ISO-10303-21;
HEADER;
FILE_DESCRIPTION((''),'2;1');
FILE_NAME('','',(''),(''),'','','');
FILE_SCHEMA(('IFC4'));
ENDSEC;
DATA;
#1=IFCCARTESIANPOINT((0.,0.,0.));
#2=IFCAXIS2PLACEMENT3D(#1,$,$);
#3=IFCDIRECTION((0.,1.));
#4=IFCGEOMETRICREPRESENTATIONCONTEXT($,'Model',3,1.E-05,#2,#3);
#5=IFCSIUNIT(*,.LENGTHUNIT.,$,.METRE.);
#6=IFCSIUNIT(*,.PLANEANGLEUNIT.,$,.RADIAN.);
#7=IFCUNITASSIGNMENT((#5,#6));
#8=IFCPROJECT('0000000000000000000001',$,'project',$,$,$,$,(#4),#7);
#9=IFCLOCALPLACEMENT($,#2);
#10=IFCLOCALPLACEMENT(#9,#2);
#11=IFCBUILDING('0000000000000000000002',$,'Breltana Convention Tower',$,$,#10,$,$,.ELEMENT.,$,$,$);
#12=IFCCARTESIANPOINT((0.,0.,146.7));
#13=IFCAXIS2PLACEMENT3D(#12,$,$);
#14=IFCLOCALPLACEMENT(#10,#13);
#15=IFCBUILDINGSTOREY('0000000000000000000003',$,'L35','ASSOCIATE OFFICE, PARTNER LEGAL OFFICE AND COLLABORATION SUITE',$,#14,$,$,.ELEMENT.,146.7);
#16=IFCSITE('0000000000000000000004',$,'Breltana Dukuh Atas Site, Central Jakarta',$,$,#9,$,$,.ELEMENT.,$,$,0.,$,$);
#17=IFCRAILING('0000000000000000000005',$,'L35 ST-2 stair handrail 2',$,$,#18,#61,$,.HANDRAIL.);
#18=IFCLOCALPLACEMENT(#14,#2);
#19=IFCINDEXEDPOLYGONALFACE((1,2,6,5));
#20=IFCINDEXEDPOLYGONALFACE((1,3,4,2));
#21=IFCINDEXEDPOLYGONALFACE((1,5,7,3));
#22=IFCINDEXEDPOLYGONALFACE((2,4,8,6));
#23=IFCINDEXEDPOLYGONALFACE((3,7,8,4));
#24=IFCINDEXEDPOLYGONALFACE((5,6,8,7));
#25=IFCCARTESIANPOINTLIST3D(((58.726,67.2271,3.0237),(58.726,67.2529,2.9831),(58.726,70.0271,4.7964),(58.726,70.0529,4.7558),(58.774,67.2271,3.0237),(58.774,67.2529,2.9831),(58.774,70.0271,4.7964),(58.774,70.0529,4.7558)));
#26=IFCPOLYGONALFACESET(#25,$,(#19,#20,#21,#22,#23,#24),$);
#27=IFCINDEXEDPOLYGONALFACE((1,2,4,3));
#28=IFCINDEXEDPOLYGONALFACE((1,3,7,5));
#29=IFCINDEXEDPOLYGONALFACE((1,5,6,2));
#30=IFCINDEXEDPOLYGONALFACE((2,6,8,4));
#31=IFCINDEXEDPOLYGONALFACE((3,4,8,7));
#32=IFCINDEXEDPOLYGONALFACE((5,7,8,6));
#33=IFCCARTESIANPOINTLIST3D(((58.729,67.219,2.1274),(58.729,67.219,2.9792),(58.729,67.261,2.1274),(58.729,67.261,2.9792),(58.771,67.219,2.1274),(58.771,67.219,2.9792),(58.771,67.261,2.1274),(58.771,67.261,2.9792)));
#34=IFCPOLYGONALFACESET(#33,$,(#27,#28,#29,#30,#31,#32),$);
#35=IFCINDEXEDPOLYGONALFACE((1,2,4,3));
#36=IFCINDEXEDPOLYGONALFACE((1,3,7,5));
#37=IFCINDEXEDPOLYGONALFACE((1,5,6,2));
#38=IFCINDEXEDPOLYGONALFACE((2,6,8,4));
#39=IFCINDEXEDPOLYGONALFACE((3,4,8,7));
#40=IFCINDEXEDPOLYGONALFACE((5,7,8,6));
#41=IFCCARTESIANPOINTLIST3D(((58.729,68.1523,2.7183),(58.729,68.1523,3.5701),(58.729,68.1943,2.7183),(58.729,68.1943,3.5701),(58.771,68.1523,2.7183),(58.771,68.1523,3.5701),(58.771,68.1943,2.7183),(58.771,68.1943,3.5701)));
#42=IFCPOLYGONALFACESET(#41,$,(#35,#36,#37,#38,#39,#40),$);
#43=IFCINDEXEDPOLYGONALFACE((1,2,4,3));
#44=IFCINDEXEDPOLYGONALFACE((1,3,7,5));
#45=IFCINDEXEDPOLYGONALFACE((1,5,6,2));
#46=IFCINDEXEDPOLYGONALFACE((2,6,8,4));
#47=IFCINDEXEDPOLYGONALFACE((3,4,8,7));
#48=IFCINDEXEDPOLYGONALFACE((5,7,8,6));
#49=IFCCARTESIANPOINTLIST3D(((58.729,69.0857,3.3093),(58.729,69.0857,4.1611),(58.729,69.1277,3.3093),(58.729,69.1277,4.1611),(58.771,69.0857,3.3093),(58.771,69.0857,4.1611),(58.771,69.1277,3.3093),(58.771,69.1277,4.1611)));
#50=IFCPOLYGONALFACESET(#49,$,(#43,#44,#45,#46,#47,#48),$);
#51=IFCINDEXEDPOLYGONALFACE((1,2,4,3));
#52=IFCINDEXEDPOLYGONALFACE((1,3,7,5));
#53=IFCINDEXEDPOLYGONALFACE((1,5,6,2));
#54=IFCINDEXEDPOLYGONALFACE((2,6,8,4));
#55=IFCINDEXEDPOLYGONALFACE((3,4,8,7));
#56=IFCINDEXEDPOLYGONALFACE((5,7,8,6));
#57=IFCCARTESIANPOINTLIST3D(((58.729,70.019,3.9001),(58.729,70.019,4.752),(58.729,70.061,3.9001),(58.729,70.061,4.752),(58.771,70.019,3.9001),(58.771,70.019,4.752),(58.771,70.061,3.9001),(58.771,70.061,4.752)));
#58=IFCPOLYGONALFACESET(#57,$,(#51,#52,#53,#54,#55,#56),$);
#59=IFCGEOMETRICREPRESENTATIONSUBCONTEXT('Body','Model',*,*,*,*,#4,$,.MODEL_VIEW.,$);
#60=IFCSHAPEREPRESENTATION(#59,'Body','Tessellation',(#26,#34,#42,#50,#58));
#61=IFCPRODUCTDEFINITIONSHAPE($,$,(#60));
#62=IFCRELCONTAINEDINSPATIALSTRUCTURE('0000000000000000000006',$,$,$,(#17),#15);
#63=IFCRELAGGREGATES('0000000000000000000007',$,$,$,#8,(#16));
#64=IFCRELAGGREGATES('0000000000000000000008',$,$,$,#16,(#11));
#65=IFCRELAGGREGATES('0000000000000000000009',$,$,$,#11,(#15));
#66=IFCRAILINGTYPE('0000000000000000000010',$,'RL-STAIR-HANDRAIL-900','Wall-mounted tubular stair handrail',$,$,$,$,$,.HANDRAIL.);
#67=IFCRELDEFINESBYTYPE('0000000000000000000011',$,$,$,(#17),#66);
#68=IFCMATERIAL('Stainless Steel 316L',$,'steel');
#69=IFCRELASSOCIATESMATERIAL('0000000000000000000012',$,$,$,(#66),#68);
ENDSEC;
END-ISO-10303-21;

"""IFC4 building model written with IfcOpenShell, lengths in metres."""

from ifc_helpers import new_model, si_unit, direction, frame, origin, origin_2d, place, context, subcontext, project, spatial, rectangle, extrude, material, type_object, element, save


model = new_model("IFC4")

# Units and contexts
model_context = context("Model", 3, precision=1e-05, world=origin(), true_north=direction((0.0, 1.0)))
body_context = subcontext(model_context, "Body", "Model", "MODEL_VIEW")
ifc_project = project(units=[si_unit("LENGTHUNIT", "METRE"), si_unit("PLANEANGLEUNIT", "RADIAN")], contexts=[model_context])

# Site, building, storey
site_placement = place(None, origin())
site = spatial("IfcSite", under=ifc_project, at=site_placement, Name="Breltana Dukuh Atas Site, Central Jakarta", CompositionType="ELEMENT", RefElevation=0.0)
building_placement = place(site_placement, origin())
building = spatial("IfcBuilding", under=site, at=building_placement, Name="Breltana Convention Tower", CompositionType="ELEMENT")
storey_placement = place(building_placement, frame((0.0, 0.0, 146.7)))
storey = spatial("IfcBuildingStorey", under=building, at=storey_placement, Name="L35", Description="ASSOCIATE OFFICE, PARTNER LEGAL OFFICE AND COLLABORATION SUITE", CompositionType="ELEMENT", Elevation=146.7)

# Railing
ifc_material_1 = material(Name="Stainless Steel 316L", Category="steel")
railing_type_1 = type_object("IfcRailingType", Name="RL-STAIR-HANDRAIL-900", Description="Wall-mounted tubular stair handrail", PredefinedType="HANDRAIL", material=ifc_material_1)
railing_1_placement = place(storey_placement, frame((58.75, 67.24, 2.1274)))
element("IfcRailing", 1, at=railing_1_placement, inside=storey, type_object=railing_type_1, Name="L35 ST-2 stair handrail 2", PredefinedType="HANDRAIL", context=body_context, shape_type="SweptSolid", body=[
    extrude(rectangle(XDim=0.0481, YDim=0.0481, at=origin_2d()), frame((0.0, 0.0, 0.876), z_axis=(0.0, 0.844909, 0.53491), x_axis=(-1.0, 0.0, 0.0)), (0.0, 0.0, 1.0), 3.314),
    extrude(rectangle(XDim=0.042, YDim=0.042, at=origin_2d()), origin(), (0.0, 0.0, 1.0), 0.8518),
    extrude(rectangle(XDim=0.042, YDim=0.042, at=origin_2d()), frame((0.0, 0.9333, 0.5908)), (0.0, 0.0, 1.0), 0.8518),
    extrude(rectangle(XDim=0.042, YDim=0.042, at=origin_2d()), frame((0.0, 1.8667, 1.1819)), (0.0, 0.0, 1.0), 0.8518),
    extrude(rectangle(XDim=0.042, YDim=0.042, at=origin_2d()), frame((0.0, 2.8, 1.7727)), (0.0, 0.0, 1.0), 0.8518),
])

save(model, "model.ifc")
